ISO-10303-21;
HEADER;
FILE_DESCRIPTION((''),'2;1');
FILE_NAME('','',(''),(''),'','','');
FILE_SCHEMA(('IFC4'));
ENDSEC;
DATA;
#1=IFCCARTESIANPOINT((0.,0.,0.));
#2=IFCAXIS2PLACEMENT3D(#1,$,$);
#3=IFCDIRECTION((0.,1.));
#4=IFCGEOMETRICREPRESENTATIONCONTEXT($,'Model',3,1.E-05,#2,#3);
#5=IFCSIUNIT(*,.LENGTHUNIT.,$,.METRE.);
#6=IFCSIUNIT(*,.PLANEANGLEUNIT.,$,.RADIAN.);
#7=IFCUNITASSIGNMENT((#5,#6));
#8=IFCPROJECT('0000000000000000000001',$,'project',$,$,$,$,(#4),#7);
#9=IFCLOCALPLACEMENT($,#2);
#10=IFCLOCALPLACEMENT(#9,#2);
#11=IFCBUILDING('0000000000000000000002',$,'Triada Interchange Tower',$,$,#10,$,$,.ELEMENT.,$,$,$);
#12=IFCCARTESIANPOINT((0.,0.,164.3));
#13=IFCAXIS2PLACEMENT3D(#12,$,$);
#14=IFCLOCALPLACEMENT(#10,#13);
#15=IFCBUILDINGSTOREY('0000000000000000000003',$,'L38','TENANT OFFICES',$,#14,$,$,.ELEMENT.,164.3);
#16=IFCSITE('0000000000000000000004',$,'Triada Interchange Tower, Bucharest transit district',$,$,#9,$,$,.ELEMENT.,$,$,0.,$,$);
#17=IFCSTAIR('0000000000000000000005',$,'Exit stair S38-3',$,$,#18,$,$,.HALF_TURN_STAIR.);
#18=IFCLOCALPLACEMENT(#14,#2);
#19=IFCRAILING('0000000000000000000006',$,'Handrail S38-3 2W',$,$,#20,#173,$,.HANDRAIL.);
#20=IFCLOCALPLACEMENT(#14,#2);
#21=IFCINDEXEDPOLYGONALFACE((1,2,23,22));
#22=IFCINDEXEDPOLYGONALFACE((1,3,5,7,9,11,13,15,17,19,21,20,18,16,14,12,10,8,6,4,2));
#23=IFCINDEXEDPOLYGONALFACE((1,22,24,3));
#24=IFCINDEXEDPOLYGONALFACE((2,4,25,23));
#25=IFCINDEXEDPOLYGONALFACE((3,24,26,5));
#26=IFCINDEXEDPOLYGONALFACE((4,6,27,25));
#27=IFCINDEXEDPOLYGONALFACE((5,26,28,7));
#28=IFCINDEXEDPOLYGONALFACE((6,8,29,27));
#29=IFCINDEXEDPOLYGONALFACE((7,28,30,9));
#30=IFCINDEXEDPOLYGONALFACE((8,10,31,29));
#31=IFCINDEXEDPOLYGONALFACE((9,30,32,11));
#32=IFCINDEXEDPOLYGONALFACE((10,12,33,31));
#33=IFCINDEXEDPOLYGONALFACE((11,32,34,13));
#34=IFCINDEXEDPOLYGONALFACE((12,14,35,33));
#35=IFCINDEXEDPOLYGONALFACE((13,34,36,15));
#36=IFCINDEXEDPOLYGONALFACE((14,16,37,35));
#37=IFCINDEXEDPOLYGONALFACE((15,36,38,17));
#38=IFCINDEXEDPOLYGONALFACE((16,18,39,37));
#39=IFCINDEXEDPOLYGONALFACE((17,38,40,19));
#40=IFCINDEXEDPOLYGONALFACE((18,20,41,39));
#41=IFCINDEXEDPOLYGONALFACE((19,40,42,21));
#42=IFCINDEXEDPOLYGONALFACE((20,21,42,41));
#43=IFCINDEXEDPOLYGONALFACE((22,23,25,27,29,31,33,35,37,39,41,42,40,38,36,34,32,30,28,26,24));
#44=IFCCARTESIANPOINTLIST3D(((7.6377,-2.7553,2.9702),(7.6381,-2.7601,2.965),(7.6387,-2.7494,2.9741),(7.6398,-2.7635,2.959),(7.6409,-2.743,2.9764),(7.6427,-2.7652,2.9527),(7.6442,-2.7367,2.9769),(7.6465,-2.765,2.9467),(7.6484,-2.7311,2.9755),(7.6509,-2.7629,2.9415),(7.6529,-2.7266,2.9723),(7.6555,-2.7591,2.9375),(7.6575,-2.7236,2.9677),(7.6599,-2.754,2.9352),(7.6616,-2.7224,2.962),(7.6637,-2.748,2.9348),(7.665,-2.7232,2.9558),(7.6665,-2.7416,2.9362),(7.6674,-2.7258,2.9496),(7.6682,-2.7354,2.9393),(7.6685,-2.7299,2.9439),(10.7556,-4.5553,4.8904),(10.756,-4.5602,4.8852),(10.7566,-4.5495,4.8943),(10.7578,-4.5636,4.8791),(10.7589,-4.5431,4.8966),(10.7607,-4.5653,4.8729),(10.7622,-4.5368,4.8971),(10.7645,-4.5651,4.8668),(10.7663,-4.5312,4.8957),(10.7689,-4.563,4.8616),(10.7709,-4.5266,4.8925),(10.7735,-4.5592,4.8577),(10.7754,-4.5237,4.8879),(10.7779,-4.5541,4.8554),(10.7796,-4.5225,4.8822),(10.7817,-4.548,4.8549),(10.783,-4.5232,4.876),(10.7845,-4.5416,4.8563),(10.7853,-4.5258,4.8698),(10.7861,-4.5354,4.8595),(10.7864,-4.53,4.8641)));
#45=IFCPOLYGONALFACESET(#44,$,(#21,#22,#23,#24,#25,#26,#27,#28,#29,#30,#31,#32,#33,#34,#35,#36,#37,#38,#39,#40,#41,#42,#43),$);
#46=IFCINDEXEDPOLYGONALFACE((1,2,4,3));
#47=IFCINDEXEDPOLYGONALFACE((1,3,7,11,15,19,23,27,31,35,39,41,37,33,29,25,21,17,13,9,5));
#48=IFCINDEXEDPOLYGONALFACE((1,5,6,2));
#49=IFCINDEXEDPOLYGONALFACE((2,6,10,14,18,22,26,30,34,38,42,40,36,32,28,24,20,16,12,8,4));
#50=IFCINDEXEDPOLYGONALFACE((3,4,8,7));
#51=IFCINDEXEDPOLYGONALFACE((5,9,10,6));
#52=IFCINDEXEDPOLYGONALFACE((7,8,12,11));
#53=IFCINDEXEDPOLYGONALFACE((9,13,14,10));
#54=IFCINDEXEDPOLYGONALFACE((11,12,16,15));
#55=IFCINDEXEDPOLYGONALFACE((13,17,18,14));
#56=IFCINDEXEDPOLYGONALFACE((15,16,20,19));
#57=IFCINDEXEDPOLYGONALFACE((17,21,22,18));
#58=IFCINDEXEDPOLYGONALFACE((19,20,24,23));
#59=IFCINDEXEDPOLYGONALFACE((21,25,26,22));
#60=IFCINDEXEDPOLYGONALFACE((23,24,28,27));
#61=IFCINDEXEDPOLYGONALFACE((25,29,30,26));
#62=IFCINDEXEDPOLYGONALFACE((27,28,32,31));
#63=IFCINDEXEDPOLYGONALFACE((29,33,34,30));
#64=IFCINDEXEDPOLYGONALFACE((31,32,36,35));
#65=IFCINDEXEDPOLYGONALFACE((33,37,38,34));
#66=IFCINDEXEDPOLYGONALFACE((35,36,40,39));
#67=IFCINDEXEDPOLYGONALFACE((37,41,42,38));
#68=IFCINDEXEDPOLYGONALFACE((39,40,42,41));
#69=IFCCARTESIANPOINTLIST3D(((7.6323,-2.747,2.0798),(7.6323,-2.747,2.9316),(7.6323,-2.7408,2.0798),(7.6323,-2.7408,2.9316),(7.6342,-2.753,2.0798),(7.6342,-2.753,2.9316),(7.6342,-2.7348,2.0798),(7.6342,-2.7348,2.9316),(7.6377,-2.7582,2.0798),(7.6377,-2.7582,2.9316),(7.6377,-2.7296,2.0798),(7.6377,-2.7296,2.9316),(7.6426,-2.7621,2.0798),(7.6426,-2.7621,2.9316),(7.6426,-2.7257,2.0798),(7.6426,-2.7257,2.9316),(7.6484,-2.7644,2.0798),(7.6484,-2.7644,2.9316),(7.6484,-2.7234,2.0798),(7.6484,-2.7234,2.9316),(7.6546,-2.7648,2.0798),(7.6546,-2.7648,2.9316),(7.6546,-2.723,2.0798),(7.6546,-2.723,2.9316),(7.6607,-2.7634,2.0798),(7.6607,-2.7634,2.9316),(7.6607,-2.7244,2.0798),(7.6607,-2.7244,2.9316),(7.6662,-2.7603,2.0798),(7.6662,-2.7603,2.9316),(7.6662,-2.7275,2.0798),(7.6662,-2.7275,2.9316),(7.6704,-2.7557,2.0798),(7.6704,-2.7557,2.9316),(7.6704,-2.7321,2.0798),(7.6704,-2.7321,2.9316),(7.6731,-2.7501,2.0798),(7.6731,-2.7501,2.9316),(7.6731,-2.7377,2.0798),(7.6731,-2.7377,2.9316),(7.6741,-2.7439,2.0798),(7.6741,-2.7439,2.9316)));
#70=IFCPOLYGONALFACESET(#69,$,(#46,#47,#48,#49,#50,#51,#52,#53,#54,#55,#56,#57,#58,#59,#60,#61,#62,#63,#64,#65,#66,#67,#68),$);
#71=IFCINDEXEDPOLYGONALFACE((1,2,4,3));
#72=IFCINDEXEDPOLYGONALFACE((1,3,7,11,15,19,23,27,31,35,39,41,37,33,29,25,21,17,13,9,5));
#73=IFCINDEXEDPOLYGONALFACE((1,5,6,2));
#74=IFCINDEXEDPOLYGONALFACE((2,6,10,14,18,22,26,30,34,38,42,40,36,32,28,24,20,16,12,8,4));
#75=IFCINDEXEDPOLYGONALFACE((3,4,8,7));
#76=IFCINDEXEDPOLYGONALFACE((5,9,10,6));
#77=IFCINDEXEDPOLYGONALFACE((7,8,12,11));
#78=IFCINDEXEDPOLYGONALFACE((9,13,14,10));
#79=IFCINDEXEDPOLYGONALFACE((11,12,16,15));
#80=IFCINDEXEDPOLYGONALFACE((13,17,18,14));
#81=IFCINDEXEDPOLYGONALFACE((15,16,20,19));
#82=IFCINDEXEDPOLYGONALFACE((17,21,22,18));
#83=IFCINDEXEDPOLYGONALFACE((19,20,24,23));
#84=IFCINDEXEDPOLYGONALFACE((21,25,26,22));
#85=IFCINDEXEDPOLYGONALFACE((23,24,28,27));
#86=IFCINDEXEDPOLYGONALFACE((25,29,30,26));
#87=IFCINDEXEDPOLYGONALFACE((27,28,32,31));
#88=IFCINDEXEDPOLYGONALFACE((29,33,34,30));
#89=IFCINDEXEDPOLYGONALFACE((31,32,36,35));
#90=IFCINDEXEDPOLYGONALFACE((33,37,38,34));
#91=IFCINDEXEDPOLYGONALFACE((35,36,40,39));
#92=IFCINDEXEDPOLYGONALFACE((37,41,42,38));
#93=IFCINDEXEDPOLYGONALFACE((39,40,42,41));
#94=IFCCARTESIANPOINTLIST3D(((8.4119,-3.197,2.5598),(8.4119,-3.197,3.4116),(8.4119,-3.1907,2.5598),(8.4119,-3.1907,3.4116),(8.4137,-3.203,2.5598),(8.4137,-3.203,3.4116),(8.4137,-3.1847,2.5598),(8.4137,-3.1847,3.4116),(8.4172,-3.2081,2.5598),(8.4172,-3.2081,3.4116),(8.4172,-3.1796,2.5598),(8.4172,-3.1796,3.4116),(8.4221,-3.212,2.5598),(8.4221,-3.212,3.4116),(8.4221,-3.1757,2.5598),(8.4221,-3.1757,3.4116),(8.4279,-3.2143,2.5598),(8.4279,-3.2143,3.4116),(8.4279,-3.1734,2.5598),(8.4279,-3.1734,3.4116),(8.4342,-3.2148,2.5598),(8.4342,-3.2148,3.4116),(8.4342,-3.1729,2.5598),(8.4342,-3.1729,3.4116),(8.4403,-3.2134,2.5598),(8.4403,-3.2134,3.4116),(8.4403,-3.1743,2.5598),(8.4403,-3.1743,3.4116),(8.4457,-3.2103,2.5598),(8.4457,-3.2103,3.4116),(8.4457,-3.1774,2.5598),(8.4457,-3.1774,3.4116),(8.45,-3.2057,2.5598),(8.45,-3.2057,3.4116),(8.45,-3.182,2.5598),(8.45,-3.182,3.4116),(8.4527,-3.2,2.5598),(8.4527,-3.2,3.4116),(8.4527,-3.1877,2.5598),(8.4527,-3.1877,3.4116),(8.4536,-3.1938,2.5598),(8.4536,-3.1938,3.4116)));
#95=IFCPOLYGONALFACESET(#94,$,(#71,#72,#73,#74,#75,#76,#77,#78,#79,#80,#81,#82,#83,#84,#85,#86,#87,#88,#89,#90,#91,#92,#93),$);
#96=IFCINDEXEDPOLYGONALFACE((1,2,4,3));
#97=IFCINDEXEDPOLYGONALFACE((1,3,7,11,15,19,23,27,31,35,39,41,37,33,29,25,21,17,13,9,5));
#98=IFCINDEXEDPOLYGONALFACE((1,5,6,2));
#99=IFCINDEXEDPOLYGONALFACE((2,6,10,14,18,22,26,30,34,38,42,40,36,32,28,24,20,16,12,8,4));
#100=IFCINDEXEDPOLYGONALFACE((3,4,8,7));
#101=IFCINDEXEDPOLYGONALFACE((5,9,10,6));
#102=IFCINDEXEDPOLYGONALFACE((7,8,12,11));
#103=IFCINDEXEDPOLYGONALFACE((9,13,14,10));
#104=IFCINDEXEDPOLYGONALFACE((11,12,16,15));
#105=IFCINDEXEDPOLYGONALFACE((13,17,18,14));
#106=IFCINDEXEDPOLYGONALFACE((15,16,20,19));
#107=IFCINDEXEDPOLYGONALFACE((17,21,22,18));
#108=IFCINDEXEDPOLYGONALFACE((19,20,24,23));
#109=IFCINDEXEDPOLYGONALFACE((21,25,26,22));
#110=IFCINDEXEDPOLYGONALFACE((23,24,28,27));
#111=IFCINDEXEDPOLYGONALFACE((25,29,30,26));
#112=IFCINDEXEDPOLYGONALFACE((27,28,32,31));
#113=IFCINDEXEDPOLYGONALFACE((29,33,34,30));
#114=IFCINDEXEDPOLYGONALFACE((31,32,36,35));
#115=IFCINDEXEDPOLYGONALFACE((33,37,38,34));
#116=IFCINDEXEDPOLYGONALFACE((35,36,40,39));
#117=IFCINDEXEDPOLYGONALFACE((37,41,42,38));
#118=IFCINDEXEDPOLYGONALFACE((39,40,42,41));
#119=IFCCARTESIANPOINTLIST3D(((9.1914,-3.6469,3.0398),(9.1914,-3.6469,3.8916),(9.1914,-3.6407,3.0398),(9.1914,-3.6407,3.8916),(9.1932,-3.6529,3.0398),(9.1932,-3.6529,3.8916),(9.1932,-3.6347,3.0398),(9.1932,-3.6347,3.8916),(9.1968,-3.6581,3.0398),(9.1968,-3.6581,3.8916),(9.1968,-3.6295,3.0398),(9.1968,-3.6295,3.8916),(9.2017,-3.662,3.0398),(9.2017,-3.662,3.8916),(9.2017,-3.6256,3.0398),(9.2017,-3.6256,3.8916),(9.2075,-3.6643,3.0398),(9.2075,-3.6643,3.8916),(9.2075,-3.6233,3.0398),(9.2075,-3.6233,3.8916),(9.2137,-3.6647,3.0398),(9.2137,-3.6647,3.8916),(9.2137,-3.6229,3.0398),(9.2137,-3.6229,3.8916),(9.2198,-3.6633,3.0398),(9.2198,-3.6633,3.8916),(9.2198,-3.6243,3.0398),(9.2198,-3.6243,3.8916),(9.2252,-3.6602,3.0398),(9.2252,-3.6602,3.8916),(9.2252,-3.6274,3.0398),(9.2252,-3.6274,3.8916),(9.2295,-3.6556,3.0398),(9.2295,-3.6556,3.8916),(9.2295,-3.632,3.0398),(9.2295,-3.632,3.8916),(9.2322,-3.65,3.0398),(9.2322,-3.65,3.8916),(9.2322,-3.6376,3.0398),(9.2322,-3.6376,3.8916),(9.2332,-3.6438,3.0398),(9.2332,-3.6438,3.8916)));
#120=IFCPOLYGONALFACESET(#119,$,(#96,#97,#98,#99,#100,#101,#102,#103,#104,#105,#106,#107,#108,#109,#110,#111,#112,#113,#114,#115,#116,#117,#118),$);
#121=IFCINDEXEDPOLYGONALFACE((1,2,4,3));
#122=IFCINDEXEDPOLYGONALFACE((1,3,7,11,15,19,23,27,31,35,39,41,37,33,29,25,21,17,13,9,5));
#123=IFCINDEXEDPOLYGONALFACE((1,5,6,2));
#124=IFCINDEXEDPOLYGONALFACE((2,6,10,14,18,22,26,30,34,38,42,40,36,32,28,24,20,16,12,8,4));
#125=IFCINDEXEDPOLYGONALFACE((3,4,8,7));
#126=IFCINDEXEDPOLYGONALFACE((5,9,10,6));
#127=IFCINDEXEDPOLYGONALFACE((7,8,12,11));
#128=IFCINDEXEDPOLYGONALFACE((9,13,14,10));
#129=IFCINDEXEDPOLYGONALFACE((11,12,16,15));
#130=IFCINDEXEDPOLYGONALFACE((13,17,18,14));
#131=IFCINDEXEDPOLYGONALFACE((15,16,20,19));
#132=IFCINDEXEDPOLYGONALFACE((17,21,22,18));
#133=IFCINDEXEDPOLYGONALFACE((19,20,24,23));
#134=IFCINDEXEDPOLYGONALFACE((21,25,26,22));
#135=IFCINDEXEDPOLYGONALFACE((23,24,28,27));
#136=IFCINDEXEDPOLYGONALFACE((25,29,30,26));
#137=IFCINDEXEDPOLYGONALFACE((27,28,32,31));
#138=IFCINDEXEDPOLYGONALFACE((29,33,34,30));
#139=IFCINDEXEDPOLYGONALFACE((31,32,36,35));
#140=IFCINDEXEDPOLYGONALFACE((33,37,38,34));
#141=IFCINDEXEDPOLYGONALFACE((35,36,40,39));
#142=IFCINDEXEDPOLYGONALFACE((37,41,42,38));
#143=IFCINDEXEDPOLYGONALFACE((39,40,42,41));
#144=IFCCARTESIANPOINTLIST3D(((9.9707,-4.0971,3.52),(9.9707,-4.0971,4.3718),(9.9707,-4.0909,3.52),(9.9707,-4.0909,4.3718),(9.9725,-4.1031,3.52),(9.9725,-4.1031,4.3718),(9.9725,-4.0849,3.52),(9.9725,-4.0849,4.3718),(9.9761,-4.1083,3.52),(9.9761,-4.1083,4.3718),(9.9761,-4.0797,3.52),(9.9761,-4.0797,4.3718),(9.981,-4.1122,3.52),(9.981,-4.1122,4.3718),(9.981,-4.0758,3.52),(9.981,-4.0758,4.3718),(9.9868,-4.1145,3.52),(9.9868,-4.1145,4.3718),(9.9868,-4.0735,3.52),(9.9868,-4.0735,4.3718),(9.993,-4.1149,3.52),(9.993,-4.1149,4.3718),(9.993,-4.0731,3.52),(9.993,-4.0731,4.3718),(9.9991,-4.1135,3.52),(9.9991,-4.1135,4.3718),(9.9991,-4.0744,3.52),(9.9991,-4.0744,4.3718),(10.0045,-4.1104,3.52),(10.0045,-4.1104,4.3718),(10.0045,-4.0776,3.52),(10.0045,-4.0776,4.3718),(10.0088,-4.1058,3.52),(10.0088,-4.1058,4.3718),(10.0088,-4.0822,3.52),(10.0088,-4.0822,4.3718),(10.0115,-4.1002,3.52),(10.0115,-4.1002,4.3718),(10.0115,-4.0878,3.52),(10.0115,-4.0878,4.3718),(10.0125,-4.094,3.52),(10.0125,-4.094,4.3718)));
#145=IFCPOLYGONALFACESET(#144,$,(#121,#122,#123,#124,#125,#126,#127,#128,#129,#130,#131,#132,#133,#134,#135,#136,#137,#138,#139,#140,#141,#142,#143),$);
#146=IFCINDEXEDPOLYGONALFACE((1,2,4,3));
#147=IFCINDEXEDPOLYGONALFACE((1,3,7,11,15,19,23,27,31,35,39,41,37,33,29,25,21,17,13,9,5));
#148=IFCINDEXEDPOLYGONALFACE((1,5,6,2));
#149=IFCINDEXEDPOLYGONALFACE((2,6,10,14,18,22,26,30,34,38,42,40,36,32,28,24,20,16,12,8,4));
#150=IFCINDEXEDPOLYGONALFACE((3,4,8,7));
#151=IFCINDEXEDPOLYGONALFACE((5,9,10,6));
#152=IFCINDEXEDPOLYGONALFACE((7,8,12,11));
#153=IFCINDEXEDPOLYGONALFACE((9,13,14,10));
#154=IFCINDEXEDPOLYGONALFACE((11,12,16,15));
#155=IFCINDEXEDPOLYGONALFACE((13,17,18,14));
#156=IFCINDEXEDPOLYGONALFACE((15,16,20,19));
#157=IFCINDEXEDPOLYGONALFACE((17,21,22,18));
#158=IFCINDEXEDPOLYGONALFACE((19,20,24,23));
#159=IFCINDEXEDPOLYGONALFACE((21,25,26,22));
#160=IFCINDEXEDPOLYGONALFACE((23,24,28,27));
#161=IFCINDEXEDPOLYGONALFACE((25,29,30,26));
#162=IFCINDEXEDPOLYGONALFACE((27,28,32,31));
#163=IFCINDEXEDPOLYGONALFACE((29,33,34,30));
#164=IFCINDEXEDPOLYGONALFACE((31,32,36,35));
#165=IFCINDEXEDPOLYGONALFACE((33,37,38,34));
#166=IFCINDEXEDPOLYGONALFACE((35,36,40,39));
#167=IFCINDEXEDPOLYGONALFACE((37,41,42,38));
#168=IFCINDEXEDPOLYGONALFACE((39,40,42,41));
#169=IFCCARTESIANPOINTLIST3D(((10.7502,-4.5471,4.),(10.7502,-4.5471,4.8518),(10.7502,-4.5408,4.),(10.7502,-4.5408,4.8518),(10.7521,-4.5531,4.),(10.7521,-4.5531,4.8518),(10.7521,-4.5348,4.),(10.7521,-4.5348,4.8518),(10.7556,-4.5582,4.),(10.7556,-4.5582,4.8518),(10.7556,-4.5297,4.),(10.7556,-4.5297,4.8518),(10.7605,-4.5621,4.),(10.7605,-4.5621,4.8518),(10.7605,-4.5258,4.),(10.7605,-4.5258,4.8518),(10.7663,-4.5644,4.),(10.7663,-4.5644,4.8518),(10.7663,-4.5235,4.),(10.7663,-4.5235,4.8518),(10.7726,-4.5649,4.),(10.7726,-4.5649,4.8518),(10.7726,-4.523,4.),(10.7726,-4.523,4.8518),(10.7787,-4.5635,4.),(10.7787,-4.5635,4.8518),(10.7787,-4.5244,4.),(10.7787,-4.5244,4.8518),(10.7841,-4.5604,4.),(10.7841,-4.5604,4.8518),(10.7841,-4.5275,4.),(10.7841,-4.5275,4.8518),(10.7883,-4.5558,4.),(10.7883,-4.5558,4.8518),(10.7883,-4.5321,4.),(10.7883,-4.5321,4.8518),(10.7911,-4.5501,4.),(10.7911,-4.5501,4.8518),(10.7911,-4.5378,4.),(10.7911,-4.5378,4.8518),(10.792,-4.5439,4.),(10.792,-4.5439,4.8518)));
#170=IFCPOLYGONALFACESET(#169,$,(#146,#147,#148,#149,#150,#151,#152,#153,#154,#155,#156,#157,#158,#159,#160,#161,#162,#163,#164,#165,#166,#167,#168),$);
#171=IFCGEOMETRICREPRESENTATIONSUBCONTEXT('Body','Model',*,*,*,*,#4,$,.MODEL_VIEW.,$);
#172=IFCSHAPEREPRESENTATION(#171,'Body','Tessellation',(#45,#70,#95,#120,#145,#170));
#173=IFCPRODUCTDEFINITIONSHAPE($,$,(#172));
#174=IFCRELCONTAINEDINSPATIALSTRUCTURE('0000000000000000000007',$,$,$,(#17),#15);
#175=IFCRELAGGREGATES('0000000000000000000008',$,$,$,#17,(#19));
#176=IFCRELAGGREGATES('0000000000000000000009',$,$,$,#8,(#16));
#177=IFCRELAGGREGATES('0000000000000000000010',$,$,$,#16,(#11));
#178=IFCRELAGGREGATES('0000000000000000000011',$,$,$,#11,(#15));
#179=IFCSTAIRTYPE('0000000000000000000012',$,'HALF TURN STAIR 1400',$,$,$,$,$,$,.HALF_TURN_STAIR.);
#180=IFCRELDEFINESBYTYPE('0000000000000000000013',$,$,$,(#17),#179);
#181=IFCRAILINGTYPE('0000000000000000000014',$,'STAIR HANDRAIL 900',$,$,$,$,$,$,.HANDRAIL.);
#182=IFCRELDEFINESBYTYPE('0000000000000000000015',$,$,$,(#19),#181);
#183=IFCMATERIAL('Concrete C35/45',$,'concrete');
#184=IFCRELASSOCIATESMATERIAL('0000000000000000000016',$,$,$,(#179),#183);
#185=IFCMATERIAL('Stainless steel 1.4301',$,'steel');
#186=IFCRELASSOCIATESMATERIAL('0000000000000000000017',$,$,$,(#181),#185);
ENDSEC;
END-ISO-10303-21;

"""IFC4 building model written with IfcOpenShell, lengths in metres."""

from ifc_helpers import new_model, si_unit, direction, frame, origin, origin_2d, place, context, subcontext, project, spatial, circle, extrude, material, type_object, element, aggregate, save


model = new_model("IFC4")

# Units and contexts
model_context = context("Model", 3, precision=1e-05, world=origin(), true_north=direction((0.0, 1.0)))
body_context = subcontext(model_context, "Body", "Model", "MODEL_VIEW")
ifc_project = project(units=[si_unit("LENGTHUNIT", "METRE"), si_unit("PLANEANGLEUNIT", "RADIAN")], contexts=[model_context])

# Site, building, storey
site_placement = place(None, origin())
site = spatial("IfcSite", under=ifc_project, at=site_placement, Name="Triada Interchange Tower, Bucharest transit district", CompositionType="ELEMENT", RefElevation=0.0)
building_placement = place(site_placement, origin())
building = spatial("IfcBuilding", under=site, at=building_placement, Name="Triada Interchange Tower", CompositionType="ELEMENT")
storey_placement = place(building_placement, frame((0.0, 0.0, 164.3)))
storey = spatial("IfcBuildingStorey", under=building, at=storey_placement, Name="L38", Description="TENANT OFFICES", CompositionType="ELEMENT", Elevation=164.3)

# Stair, railing
ifc_material_1 = material(Name="Concrete C35/45", Category="concrete")
stair_type = type_object("IfcStairType", Name="HALF TURN STAIR 1400", PredefinedType="HALF_TURN_STAIR", material=ifc_material_1)
stair_placement = place(storey_placement, origin())
stair = element("IfcStair", 1, at=stair_placement, inside=storey, type_object=stair_type, Name="Exit stair S38-3", PredefinedType="HALF_TURN_STAIR")
ifc_material_2 = material(Name="Stainless steel 1.4301", Category="steel")
railing_type = type_object("IfcRailingType", Name="STAIR HANDRAIL 900", PredefinedType="HANDRAIL", material=ifc_material_2)
railing_1_placement = place(storey_placement, frame((7.6531, -2.7439, 2.0798)))
railing_1 = element("IfcRailing", 2, at=railing_1_placement, type_object=railing_type, Name="Handrail S38-3 2W", PredefinedType="HANDRAIL", context=body_context, shape_type="SweptSolid", body=[
    extrude(circle(Radius=0.0239, at=origin_2d()), frame((0.0, 0.0, 0.876), z_axis=(0.764145, -0.441159, 0.470597), x_axis=(0.499983, 0.866035, 0.0)), (0.0, 0.0, 1.0), 4.0803),
    extrude(circle(Radius=0.021, at=origin_2d()), origin(), (0.0, 0.0, 1.0), 0.8518),
    extrude(circle(Radius=0.021, at=origin_2d()), frame((0.7795, -0.45, 0.48)), (0.0, 0.0, 1.0), 0.8518),
    extrude(circle(Radius=0.021, at=origin_2d()), frame((1.5591, -0.8999, 0.96)), (0.0, 0.0, 1.0), 0.8518),
    extrude(circle(Radius=0.021, at=origin_2d()), frame((2.3384, -1.3501, 1.4402)), (0.0, 0.0, 1.0), 0.8518),
    extrude(circle(Radius=0.021, at=origin_2d()), frame((3.1179, -1.8, 1.9202)), (0.0, 0.0, 1.0), 0.8518),
])
aggregate(stair, [railing_1])

save(model, "model.ifc")
